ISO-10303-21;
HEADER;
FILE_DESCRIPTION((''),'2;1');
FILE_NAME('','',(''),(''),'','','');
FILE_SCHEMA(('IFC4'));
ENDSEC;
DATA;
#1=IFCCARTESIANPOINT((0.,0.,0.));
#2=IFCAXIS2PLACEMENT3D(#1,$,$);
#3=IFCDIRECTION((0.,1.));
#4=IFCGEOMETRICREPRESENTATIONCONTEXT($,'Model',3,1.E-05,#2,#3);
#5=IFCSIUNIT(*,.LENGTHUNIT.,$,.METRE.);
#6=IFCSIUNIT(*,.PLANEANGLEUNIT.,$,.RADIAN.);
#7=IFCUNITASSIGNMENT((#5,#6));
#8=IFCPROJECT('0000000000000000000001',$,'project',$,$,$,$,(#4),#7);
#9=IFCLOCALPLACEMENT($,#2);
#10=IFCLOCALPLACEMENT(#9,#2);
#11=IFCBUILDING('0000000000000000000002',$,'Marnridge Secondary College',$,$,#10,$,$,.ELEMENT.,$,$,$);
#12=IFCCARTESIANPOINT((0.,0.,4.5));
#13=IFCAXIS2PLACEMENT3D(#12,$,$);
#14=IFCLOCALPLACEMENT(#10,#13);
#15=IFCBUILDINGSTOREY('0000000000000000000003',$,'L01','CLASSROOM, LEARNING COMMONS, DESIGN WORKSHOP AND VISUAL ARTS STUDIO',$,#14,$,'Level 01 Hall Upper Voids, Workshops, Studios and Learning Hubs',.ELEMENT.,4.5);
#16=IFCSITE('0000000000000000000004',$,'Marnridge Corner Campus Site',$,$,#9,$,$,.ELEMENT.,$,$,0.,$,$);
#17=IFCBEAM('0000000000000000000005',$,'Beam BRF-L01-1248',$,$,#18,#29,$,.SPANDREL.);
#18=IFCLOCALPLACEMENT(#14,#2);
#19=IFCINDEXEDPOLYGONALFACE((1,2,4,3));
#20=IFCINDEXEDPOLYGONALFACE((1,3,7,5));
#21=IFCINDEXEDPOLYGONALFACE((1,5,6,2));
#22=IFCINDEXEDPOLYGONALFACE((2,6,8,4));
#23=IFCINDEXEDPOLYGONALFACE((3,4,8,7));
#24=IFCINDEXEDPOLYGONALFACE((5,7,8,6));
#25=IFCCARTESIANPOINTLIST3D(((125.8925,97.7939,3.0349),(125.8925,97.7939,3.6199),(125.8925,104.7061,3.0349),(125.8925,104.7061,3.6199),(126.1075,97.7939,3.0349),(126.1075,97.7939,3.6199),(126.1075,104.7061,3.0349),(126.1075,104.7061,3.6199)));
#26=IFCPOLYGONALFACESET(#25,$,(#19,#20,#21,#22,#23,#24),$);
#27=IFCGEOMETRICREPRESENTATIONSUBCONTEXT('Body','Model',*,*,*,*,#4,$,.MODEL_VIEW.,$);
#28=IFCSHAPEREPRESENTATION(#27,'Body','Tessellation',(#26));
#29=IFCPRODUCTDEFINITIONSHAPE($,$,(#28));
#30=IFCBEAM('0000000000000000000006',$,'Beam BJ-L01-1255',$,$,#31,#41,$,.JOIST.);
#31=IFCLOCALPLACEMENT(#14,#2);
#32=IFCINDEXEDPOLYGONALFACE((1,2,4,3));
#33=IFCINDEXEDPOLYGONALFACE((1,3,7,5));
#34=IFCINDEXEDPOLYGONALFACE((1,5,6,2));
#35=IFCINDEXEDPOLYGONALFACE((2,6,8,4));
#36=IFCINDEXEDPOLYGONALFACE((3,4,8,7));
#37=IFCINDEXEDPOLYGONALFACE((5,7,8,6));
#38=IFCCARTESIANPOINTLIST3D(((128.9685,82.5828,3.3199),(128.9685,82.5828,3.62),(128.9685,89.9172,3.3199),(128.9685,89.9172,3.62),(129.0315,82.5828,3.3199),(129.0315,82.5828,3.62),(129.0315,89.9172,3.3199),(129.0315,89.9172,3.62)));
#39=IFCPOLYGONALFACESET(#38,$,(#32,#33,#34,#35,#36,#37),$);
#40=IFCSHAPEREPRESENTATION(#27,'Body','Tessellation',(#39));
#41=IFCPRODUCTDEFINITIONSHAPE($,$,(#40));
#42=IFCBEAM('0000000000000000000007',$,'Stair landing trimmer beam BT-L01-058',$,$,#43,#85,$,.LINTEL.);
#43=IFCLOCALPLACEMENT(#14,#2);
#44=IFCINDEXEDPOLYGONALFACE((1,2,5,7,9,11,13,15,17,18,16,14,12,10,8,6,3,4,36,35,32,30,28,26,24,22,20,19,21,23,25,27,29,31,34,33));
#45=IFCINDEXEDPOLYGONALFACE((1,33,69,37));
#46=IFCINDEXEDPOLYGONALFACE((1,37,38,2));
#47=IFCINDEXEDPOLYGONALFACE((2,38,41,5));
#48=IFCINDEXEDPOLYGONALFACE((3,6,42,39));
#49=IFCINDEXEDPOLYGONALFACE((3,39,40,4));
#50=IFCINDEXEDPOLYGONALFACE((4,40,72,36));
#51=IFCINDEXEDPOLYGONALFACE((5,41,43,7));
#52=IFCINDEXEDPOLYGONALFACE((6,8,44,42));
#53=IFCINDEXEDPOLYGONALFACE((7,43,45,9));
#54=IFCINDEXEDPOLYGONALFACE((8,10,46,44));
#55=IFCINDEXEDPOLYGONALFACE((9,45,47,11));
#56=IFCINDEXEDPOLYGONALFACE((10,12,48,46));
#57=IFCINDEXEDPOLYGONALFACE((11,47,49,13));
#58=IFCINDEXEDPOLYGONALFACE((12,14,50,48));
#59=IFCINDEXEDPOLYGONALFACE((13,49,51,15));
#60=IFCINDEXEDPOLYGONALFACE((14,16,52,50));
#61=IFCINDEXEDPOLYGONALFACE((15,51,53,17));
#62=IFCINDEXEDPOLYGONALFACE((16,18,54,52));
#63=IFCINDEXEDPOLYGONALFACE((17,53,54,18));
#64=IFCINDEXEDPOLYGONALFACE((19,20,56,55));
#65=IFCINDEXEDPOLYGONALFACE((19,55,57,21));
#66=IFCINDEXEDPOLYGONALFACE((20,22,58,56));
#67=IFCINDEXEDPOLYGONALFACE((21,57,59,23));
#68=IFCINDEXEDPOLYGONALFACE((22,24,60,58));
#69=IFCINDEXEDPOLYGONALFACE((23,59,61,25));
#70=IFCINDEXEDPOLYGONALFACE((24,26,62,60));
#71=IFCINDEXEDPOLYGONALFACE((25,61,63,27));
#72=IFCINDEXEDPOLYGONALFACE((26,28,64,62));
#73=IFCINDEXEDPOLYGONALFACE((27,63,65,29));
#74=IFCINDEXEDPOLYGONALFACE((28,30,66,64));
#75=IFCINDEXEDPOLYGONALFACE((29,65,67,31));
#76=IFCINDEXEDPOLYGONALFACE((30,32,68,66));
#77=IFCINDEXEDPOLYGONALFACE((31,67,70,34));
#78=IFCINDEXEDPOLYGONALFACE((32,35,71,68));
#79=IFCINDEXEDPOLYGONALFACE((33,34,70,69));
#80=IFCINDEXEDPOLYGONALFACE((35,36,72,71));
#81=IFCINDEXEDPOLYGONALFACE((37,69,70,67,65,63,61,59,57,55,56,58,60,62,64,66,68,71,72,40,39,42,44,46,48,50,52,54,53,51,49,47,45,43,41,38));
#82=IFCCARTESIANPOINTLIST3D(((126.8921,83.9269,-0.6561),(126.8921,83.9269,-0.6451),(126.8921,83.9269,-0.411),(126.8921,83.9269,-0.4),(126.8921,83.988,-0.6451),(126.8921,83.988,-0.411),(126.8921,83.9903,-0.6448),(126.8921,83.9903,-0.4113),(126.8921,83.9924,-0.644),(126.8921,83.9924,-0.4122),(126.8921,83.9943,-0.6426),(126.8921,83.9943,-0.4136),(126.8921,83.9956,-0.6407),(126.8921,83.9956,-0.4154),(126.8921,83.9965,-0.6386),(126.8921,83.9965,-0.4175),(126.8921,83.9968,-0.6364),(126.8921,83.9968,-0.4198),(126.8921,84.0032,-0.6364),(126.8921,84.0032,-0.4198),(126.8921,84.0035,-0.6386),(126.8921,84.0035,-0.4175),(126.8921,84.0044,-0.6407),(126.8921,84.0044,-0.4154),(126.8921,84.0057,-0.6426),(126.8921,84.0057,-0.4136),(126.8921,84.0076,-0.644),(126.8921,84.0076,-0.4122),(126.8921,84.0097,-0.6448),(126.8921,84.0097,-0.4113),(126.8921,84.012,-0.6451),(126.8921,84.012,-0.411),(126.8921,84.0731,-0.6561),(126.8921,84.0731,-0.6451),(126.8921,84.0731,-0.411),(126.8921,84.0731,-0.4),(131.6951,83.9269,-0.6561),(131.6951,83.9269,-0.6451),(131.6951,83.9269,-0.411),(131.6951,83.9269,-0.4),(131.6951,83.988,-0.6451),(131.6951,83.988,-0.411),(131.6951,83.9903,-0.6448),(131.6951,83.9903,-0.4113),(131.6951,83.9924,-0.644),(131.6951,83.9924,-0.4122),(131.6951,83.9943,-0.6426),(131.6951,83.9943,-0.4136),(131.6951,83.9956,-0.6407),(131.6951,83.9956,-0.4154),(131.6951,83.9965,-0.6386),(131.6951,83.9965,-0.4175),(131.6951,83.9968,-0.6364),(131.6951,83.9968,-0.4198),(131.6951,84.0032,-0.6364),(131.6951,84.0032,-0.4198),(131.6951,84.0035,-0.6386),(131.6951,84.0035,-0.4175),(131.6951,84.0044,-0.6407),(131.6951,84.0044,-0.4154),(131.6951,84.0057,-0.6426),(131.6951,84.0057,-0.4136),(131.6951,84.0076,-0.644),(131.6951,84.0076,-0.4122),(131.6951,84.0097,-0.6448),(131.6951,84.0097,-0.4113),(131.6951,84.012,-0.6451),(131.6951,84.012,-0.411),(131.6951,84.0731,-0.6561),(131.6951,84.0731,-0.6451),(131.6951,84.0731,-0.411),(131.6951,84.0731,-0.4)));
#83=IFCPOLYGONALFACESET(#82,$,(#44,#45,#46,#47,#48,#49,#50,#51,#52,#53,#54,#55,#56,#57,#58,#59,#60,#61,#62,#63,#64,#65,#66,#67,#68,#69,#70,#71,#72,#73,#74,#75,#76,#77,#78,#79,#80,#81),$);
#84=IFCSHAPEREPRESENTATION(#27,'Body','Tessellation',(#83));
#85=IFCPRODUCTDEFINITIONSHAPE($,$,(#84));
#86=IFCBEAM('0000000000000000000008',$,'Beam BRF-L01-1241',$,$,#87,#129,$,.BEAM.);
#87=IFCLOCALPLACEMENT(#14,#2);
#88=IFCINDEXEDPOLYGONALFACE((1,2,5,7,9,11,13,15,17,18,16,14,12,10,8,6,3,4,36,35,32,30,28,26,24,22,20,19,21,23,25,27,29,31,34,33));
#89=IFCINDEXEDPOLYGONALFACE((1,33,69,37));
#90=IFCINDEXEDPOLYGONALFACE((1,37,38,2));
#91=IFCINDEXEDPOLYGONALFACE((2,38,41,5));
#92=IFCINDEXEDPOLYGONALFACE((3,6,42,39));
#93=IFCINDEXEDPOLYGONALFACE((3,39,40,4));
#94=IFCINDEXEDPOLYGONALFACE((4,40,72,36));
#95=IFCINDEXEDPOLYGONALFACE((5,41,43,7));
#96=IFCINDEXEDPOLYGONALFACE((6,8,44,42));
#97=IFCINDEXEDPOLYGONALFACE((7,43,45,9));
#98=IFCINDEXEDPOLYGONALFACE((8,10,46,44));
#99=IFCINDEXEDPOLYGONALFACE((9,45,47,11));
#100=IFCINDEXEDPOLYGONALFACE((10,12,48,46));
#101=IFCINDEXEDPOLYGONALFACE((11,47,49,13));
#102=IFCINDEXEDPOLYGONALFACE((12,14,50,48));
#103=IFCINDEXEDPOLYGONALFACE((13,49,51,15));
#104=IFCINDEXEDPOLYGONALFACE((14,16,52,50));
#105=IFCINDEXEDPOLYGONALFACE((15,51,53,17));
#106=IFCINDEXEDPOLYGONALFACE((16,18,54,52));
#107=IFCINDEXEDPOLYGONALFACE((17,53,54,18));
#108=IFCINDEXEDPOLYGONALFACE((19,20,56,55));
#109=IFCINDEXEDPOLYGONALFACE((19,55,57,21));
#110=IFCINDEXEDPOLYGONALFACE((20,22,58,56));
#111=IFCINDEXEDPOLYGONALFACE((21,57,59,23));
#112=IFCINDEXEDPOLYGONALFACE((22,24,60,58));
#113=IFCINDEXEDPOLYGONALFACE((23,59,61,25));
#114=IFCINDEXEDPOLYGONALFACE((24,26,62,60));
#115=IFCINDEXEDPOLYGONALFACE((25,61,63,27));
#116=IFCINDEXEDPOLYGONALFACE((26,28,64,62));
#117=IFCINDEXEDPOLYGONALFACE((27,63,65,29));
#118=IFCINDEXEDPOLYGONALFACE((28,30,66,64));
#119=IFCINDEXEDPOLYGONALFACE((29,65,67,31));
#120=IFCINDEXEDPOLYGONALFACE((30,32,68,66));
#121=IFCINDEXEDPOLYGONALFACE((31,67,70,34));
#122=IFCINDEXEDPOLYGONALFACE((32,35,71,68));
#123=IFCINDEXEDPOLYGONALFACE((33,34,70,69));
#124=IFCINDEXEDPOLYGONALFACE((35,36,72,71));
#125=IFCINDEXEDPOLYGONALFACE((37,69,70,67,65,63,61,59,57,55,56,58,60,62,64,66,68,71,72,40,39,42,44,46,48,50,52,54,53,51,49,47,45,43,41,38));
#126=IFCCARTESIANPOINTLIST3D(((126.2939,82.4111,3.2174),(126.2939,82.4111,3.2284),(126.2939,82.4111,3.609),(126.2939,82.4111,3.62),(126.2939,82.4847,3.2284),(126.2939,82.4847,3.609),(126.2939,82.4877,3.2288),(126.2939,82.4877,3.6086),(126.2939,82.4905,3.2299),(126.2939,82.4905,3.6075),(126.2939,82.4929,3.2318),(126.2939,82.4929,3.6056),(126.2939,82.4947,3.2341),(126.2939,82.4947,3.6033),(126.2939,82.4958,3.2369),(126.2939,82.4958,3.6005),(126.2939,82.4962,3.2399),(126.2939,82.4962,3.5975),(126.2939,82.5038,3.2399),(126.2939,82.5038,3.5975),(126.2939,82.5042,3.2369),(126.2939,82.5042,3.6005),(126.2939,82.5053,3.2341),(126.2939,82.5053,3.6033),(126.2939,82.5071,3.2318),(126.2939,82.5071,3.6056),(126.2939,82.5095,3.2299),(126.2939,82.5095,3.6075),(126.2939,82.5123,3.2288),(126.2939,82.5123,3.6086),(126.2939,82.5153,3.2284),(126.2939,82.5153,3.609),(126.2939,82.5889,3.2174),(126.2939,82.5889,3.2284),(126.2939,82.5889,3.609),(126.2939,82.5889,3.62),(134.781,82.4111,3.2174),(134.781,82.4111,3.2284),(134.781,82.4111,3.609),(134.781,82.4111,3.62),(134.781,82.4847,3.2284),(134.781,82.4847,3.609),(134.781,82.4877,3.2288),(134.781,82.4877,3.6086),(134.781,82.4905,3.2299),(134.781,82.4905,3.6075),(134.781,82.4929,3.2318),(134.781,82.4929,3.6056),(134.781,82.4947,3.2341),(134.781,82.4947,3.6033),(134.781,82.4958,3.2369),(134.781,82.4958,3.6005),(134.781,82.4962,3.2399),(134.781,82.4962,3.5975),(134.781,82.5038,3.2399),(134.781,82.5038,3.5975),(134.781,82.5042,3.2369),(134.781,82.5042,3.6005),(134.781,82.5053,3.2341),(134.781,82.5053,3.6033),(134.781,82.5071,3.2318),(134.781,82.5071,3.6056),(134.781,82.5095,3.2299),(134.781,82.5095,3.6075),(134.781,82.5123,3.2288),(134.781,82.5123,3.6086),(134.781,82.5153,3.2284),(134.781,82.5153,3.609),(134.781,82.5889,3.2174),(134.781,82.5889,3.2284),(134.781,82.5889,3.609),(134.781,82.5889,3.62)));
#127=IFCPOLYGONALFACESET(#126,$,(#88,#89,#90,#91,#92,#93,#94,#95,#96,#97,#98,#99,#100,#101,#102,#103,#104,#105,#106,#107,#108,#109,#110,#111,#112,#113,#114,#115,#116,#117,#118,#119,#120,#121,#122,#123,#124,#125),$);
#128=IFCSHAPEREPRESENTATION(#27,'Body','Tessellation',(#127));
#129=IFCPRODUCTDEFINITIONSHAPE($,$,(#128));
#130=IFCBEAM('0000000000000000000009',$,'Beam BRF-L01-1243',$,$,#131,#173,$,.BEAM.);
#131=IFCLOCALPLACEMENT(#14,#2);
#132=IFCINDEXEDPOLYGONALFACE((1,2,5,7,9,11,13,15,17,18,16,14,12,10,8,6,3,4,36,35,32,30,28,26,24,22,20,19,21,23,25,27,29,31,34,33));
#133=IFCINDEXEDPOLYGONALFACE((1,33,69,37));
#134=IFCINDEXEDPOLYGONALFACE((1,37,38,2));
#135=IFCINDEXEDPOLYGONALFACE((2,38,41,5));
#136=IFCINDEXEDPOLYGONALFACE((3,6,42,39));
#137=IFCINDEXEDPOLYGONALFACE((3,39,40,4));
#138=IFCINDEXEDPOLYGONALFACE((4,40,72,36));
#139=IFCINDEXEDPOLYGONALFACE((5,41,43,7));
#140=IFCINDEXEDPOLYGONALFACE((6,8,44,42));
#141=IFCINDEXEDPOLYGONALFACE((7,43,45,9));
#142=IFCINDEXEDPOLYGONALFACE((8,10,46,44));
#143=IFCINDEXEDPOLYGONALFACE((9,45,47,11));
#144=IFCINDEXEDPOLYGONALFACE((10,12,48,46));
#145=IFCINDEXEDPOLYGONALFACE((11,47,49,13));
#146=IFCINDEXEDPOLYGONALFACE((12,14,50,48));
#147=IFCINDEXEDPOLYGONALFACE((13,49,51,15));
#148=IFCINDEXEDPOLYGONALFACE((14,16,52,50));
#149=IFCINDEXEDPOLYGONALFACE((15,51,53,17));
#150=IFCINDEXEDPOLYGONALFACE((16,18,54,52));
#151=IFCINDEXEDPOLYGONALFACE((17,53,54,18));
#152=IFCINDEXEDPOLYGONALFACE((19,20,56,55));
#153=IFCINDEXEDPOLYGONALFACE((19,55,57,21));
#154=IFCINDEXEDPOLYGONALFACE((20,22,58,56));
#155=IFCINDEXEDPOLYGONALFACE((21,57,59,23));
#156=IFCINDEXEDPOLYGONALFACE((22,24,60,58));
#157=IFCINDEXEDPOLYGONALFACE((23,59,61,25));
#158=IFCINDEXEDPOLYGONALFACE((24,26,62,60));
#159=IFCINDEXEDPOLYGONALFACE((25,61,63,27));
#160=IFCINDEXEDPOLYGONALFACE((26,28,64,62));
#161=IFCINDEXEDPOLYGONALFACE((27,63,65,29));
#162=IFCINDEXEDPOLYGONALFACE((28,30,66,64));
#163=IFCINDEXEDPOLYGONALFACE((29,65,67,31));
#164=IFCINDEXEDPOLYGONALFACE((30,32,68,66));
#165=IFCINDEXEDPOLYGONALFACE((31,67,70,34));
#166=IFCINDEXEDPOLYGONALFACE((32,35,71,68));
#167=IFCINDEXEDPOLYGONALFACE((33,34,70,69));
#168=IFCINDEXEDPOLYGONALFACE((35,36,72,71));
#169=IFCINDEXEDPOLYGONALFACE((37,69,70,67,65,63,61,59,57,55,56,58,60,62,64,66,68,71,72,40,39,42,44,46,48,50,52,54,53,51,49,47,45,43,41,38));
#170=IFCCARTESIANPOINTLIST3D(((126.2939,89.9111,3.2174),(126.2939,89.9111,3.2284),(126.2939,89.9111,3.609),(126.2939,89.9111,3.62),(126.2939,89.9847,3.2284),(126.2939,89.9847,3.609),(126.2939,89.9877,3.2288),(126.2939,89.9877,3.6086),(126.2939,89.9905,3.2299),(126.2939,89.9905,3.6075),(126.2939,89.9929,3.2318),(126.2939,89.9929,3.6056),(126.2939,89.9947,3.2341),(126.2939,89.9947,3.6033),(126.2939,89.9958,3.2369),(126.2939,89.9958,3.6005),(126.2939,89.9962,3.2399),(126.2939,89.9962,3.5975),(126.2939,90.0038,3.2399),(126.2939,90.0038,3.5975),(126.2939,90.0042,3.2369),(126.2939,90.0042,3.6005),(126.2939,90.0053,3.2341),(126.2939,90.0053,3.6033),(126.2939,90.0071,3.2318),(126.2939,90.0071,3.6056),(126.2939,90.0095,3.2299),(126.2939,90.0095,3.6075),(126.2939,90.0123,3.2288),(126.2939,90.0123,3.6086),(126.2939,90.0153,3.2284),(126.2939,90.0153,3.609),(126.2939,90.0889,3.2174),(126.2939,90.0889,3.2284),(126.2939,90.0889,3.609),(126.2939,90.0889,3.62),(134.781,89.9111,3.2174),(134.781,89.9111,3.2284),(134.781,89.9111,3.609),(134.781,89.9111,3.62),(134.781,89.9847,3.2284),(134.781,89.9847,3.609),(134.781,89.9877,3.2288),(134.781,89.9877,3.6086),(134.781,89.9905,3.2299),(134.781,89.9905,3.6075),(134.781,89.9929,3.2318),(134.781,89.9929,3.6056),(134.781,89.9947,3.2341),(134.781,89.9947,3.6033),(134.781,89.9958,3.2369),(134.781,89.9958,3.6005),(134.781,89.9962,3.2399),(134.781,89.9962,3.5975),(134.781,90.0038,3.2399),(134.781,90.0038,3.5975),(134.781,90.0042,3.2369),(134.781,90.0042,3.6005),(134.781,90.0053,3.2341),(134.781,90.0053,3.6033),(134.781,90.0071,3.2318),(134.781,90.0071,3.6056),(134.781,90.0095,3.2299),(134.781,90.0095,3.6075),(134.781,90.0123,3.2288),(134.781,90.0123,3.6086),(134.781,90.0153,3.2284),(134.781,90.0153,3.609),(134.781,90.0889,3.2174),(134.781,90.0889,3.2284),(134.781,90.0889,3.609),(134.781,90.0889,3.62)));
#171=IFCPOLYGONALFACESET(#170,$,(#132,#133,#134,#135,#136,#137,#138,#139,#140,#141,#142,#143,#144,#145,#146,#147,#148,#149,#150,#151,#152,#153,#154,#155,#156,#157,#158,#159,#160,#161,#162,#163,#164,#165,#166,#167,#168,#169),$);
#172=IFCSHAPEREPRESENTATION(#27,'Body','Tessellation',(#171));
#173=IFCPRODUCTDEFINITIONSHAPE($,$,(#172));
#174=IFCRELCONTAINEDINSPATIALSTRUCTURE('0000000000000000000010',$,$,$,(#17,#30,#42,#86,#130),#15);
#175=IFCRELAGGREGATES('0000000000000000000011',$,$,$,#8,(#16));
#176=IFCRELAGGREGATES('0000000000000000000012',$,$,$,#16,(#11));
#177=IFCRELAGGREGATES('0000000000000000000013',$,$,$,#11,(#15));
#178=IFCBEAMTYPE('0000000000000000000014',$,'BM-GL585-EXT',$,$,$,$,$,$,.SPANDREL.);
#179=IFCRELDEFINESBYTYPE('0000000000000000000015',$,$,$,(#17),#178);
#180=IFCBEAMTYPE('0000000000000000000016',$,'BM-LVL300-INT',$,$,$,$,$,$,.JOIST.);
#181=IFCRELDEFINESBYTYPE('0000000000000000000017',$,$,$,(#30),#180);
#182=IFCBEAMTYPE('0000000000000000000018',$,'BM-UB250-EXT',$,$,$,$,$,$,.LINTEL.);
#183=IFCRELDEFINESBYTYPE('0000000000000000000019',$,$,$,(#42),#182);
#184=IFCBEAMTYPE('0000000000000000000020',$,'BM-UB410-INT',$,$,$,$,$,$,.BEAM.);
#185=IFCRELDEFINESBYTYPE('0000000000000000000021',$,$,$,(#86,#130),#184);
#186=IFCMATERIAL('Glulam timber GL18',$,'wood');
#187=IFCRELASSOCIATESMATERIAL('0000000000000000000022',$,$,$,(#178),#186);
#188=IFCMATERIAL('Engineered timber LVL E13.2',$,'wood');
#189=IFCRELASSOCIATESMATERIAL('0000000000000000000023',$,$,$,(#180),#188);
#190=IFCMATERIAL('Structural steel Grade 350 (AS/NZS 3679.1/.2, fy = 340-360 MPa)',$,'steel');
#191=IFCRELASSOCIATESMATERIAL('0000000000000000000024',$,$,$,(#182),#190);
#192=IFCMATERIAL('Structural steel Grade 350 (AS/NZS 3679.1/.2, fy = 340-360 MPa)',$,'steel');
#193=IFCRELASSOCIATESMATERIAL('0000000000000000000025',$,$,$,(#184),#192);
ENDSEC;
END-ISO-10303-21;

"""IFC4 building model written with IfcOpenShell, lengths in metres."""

from ifc_helpers import new_model, si_unit, direction, frame, origin, origin_2d, place, context, subcontext, project, spatial, rectangle, i_section, extrude, material, material_profile, profile_set, type_object, element, save


model = new_model("IFC4")

# Units and contexts
model_context = context("Model", 3, precision=1e-05, world=origin(), true_north=direction((0.0, 1.0)))
body_context = subcontext(model_context, "Body", "Model", "MODEL_VIEW")
ifc_project = project(units=[si_unit("LENGTHUNIT", "METRE"), si_unit("PLANEANGLEUNIT", "RADIAN")], contexts=[model_context])

# Site, building, storey
site_placement = place(None, origin())
site = spatial("IfcSite", under=ifc_project, at=site_placement, Name="Marnridge Corner Campus Site", CompositionType="ELEMENT", RefElevation=0.0)
building_placement = place(site_placement, origin())
building = spatial("IfcBuilding", under=site, at=building_placement, Name="Marnridge Secondary College", CompositionType="ELEMENT")
storey_placement = place(building_placement, frame((0.0, 0.0, 4.5)))
storey = spatial("IfcBuildingStorey", under=building, at=storey_placement, Name="L01", Description="CLASSROOM, LEARNING COMMONS, DESIGN WORKSHOP AND VISUAL ARTS STUDIO", LongName="Level 01 Hall Upper Voids, Workshops, Studios and Learning Hubs", CompositionType="ELEMENT", Elevation=4.5)

# Beams
ifc_material_1 = material(Name="Glulam timber GL18", Category="wood")
ifc_material_profile_1 = material_profile(ifc_material_1, rectangle(XDim=0.2151, YDim=0.585, at=origin_2d()), Name="GL18 215x585")
ifc_profile_set_1 = profile_set([ifc_material_profile_1], Name="Glulam timber GL18")
beam_type_1 = type_object("IfcBeamType", Name="BM-GL585-EXT", PredefinedType="SPANDREL", material=ifc_profile_set_1)
beam_1_placement = place(storey_placement, frame((126.0, 97.7939, 3.3274), z_axis=(0.0, 1.0, 0.0), x_axis=(-1.0, 0.0, 0.0)))
element("IfcBeam", 1, at=beam_1_placement, inside=storey, type_object=beam_type_1, Name="Beam BRF-L01-1248", PredefinedType="SPANDREL", context=body_context, shape_type="SweptSolid", body=[
    extrude(rectangle(XDim=0.2151, YDim=0.585, at=origin_2d()), origin(), (0.0, 0.0, 1.0), 6.9121),
])
ifc_material_2 = material(Name="Engineered timber LVL E13.2", Category="wood")
ifc_material_profile_2 = material_profile(ifc_material_2, rectangle(XDim=0.063, YDim=0.3, at=origin_2d()), Name="LVL 63x300")
ifc_profile_set_2 = profile_set([ifc_material_profile_2], Name="Engineered timber LVL E13.2")
beam_type_2 = type_object("IfcBeamType", Name="BM-LVL300-INT", PredefinedType="JOIST", material=ifc_profile_set_2)
beam_2_placement = place(storey_placement, frame((129.0, 82.5828, 3.47), z_axis=(0.0, 1.0, 0.0), x_axis=(-1.0, 0.0, 0.0)))
element("IfcBeam", 2, at=beam_2_placement, inside=storey, type_object=beam_type_2, Name="Beam BJ-L01-1255", PredefinedType="JOIST", context=body_context, shape_type="SweptSolid", body=[
    extrude(rectangle(XDim=0.063, YDim=0.3, at=origin_2d()), origin(), (0.0, 0.0, 1.0), 7.3345),
])
ifc_material_3 = material(Name="Structural steel Grade 350 (AS/NZS 3679.1/.2, fy = 340-360 MPa)", Category="steel")
ifc_material_profile_3 = material_profile(ifc_material_3, i_section(OverallWidth=0.1462, OverallDepth=0.2561, WebThickness=0.0063, FlangeThickness=0.011, FilletRadius=0.0088, at=origin_2d()), Name="250UB37.3")
ifc_profile_set_3 = profile_set([ifc_material_profile_3], Name="Structural steel Grade 350 (AS/NZS 3679.1/.2, fy = 340-360 MPa)")
beam_type_3 = type_object("IfcBeamType", Name="BM-UB250-EXT", PredefinedType="LINTEL", material=ifc_profile_set_3)
beam_3_placement = place(storey_placement, frame((126.8921, 84.0, -0.5281), z_axis=(1.0, 0.0, 0.0), x_axis=(0.0, 1.0, 0.0)))
element("IfcBeam", 3, at=beam_3_placement, inside=storey, type_object=beam_type_3, Name="Stair landing trimmer beam BT-L01-058", PredefinedType="LINTEL", context=body_context, shape_type="SweptSolid", body=[
    extrude(i_section(OverallWidth=0.1462, OverallDepth=0.2561, WebThickness=0.0063, FlangeThickness=0.011, FilletRadius=0.0088, at=origin_2d()), origin(), (0.0, 0.0, 1.0), 4.803),
])
ifc_material_4 = material(Name="Structural steel Grade 350 (AS/NZS 3679.1/.2, fy = 340-360 MPa)", Category="steel")
ifc_material_profile_4 = material_profile(ifc_material_4, i_section(OverallWidth=0.1777, OverallDepth=0.4026, WebThickness=0.0076, FlangeThickness=0.011, FilletRadius=0.0115, at=origin_2d()), Name="410UB53.7")
ifc_profile_set_4 = profile_set([ifc_material_profile_4], Name="Structural steel Grade 350 (AS/NZS 3679.1/.2, fy = 340-360 MPa)")
beam_type_4 = type_object("IfcBeamType", Name="BM-UB410-INT", PredefinedType="BEAM", material=ifc_profile_set_4)
for number, where, z_axis, x_axis, name in (
    (4, (126.2939, 82.5, 3.4187), (1.0, 0.0, 0.0), (0.0, 1.0, 0.0), "Beam BRF-L01-1241"),
    (5, (126.2939, 90.0, 3.4187), (1.0, 0.0, 0.0), (0.0, 1.0, 0.0), "Beam BRF-L01-1243"),
):
    element("IfcBeam", number, at=place(storey_placement, frame(where, z_axis=z_axis, x_axis=x_axis)), inside=storey, type_object=beam_type_4, Name=name, PredefinedType="BEAM", context=body_context, shape_type="SweptSolid", body=[
        extrude(i_section(OverallWidth=0.1777, OverallDepth=0.4026, WebThickness=0.0076, FlangeThickness=0.011, FilletRadius=0.0115, at=origin_2d()), origin(), (0.0, 0.0, 1.0), 8.4871),
    ])

save(model, "model.ifc")
